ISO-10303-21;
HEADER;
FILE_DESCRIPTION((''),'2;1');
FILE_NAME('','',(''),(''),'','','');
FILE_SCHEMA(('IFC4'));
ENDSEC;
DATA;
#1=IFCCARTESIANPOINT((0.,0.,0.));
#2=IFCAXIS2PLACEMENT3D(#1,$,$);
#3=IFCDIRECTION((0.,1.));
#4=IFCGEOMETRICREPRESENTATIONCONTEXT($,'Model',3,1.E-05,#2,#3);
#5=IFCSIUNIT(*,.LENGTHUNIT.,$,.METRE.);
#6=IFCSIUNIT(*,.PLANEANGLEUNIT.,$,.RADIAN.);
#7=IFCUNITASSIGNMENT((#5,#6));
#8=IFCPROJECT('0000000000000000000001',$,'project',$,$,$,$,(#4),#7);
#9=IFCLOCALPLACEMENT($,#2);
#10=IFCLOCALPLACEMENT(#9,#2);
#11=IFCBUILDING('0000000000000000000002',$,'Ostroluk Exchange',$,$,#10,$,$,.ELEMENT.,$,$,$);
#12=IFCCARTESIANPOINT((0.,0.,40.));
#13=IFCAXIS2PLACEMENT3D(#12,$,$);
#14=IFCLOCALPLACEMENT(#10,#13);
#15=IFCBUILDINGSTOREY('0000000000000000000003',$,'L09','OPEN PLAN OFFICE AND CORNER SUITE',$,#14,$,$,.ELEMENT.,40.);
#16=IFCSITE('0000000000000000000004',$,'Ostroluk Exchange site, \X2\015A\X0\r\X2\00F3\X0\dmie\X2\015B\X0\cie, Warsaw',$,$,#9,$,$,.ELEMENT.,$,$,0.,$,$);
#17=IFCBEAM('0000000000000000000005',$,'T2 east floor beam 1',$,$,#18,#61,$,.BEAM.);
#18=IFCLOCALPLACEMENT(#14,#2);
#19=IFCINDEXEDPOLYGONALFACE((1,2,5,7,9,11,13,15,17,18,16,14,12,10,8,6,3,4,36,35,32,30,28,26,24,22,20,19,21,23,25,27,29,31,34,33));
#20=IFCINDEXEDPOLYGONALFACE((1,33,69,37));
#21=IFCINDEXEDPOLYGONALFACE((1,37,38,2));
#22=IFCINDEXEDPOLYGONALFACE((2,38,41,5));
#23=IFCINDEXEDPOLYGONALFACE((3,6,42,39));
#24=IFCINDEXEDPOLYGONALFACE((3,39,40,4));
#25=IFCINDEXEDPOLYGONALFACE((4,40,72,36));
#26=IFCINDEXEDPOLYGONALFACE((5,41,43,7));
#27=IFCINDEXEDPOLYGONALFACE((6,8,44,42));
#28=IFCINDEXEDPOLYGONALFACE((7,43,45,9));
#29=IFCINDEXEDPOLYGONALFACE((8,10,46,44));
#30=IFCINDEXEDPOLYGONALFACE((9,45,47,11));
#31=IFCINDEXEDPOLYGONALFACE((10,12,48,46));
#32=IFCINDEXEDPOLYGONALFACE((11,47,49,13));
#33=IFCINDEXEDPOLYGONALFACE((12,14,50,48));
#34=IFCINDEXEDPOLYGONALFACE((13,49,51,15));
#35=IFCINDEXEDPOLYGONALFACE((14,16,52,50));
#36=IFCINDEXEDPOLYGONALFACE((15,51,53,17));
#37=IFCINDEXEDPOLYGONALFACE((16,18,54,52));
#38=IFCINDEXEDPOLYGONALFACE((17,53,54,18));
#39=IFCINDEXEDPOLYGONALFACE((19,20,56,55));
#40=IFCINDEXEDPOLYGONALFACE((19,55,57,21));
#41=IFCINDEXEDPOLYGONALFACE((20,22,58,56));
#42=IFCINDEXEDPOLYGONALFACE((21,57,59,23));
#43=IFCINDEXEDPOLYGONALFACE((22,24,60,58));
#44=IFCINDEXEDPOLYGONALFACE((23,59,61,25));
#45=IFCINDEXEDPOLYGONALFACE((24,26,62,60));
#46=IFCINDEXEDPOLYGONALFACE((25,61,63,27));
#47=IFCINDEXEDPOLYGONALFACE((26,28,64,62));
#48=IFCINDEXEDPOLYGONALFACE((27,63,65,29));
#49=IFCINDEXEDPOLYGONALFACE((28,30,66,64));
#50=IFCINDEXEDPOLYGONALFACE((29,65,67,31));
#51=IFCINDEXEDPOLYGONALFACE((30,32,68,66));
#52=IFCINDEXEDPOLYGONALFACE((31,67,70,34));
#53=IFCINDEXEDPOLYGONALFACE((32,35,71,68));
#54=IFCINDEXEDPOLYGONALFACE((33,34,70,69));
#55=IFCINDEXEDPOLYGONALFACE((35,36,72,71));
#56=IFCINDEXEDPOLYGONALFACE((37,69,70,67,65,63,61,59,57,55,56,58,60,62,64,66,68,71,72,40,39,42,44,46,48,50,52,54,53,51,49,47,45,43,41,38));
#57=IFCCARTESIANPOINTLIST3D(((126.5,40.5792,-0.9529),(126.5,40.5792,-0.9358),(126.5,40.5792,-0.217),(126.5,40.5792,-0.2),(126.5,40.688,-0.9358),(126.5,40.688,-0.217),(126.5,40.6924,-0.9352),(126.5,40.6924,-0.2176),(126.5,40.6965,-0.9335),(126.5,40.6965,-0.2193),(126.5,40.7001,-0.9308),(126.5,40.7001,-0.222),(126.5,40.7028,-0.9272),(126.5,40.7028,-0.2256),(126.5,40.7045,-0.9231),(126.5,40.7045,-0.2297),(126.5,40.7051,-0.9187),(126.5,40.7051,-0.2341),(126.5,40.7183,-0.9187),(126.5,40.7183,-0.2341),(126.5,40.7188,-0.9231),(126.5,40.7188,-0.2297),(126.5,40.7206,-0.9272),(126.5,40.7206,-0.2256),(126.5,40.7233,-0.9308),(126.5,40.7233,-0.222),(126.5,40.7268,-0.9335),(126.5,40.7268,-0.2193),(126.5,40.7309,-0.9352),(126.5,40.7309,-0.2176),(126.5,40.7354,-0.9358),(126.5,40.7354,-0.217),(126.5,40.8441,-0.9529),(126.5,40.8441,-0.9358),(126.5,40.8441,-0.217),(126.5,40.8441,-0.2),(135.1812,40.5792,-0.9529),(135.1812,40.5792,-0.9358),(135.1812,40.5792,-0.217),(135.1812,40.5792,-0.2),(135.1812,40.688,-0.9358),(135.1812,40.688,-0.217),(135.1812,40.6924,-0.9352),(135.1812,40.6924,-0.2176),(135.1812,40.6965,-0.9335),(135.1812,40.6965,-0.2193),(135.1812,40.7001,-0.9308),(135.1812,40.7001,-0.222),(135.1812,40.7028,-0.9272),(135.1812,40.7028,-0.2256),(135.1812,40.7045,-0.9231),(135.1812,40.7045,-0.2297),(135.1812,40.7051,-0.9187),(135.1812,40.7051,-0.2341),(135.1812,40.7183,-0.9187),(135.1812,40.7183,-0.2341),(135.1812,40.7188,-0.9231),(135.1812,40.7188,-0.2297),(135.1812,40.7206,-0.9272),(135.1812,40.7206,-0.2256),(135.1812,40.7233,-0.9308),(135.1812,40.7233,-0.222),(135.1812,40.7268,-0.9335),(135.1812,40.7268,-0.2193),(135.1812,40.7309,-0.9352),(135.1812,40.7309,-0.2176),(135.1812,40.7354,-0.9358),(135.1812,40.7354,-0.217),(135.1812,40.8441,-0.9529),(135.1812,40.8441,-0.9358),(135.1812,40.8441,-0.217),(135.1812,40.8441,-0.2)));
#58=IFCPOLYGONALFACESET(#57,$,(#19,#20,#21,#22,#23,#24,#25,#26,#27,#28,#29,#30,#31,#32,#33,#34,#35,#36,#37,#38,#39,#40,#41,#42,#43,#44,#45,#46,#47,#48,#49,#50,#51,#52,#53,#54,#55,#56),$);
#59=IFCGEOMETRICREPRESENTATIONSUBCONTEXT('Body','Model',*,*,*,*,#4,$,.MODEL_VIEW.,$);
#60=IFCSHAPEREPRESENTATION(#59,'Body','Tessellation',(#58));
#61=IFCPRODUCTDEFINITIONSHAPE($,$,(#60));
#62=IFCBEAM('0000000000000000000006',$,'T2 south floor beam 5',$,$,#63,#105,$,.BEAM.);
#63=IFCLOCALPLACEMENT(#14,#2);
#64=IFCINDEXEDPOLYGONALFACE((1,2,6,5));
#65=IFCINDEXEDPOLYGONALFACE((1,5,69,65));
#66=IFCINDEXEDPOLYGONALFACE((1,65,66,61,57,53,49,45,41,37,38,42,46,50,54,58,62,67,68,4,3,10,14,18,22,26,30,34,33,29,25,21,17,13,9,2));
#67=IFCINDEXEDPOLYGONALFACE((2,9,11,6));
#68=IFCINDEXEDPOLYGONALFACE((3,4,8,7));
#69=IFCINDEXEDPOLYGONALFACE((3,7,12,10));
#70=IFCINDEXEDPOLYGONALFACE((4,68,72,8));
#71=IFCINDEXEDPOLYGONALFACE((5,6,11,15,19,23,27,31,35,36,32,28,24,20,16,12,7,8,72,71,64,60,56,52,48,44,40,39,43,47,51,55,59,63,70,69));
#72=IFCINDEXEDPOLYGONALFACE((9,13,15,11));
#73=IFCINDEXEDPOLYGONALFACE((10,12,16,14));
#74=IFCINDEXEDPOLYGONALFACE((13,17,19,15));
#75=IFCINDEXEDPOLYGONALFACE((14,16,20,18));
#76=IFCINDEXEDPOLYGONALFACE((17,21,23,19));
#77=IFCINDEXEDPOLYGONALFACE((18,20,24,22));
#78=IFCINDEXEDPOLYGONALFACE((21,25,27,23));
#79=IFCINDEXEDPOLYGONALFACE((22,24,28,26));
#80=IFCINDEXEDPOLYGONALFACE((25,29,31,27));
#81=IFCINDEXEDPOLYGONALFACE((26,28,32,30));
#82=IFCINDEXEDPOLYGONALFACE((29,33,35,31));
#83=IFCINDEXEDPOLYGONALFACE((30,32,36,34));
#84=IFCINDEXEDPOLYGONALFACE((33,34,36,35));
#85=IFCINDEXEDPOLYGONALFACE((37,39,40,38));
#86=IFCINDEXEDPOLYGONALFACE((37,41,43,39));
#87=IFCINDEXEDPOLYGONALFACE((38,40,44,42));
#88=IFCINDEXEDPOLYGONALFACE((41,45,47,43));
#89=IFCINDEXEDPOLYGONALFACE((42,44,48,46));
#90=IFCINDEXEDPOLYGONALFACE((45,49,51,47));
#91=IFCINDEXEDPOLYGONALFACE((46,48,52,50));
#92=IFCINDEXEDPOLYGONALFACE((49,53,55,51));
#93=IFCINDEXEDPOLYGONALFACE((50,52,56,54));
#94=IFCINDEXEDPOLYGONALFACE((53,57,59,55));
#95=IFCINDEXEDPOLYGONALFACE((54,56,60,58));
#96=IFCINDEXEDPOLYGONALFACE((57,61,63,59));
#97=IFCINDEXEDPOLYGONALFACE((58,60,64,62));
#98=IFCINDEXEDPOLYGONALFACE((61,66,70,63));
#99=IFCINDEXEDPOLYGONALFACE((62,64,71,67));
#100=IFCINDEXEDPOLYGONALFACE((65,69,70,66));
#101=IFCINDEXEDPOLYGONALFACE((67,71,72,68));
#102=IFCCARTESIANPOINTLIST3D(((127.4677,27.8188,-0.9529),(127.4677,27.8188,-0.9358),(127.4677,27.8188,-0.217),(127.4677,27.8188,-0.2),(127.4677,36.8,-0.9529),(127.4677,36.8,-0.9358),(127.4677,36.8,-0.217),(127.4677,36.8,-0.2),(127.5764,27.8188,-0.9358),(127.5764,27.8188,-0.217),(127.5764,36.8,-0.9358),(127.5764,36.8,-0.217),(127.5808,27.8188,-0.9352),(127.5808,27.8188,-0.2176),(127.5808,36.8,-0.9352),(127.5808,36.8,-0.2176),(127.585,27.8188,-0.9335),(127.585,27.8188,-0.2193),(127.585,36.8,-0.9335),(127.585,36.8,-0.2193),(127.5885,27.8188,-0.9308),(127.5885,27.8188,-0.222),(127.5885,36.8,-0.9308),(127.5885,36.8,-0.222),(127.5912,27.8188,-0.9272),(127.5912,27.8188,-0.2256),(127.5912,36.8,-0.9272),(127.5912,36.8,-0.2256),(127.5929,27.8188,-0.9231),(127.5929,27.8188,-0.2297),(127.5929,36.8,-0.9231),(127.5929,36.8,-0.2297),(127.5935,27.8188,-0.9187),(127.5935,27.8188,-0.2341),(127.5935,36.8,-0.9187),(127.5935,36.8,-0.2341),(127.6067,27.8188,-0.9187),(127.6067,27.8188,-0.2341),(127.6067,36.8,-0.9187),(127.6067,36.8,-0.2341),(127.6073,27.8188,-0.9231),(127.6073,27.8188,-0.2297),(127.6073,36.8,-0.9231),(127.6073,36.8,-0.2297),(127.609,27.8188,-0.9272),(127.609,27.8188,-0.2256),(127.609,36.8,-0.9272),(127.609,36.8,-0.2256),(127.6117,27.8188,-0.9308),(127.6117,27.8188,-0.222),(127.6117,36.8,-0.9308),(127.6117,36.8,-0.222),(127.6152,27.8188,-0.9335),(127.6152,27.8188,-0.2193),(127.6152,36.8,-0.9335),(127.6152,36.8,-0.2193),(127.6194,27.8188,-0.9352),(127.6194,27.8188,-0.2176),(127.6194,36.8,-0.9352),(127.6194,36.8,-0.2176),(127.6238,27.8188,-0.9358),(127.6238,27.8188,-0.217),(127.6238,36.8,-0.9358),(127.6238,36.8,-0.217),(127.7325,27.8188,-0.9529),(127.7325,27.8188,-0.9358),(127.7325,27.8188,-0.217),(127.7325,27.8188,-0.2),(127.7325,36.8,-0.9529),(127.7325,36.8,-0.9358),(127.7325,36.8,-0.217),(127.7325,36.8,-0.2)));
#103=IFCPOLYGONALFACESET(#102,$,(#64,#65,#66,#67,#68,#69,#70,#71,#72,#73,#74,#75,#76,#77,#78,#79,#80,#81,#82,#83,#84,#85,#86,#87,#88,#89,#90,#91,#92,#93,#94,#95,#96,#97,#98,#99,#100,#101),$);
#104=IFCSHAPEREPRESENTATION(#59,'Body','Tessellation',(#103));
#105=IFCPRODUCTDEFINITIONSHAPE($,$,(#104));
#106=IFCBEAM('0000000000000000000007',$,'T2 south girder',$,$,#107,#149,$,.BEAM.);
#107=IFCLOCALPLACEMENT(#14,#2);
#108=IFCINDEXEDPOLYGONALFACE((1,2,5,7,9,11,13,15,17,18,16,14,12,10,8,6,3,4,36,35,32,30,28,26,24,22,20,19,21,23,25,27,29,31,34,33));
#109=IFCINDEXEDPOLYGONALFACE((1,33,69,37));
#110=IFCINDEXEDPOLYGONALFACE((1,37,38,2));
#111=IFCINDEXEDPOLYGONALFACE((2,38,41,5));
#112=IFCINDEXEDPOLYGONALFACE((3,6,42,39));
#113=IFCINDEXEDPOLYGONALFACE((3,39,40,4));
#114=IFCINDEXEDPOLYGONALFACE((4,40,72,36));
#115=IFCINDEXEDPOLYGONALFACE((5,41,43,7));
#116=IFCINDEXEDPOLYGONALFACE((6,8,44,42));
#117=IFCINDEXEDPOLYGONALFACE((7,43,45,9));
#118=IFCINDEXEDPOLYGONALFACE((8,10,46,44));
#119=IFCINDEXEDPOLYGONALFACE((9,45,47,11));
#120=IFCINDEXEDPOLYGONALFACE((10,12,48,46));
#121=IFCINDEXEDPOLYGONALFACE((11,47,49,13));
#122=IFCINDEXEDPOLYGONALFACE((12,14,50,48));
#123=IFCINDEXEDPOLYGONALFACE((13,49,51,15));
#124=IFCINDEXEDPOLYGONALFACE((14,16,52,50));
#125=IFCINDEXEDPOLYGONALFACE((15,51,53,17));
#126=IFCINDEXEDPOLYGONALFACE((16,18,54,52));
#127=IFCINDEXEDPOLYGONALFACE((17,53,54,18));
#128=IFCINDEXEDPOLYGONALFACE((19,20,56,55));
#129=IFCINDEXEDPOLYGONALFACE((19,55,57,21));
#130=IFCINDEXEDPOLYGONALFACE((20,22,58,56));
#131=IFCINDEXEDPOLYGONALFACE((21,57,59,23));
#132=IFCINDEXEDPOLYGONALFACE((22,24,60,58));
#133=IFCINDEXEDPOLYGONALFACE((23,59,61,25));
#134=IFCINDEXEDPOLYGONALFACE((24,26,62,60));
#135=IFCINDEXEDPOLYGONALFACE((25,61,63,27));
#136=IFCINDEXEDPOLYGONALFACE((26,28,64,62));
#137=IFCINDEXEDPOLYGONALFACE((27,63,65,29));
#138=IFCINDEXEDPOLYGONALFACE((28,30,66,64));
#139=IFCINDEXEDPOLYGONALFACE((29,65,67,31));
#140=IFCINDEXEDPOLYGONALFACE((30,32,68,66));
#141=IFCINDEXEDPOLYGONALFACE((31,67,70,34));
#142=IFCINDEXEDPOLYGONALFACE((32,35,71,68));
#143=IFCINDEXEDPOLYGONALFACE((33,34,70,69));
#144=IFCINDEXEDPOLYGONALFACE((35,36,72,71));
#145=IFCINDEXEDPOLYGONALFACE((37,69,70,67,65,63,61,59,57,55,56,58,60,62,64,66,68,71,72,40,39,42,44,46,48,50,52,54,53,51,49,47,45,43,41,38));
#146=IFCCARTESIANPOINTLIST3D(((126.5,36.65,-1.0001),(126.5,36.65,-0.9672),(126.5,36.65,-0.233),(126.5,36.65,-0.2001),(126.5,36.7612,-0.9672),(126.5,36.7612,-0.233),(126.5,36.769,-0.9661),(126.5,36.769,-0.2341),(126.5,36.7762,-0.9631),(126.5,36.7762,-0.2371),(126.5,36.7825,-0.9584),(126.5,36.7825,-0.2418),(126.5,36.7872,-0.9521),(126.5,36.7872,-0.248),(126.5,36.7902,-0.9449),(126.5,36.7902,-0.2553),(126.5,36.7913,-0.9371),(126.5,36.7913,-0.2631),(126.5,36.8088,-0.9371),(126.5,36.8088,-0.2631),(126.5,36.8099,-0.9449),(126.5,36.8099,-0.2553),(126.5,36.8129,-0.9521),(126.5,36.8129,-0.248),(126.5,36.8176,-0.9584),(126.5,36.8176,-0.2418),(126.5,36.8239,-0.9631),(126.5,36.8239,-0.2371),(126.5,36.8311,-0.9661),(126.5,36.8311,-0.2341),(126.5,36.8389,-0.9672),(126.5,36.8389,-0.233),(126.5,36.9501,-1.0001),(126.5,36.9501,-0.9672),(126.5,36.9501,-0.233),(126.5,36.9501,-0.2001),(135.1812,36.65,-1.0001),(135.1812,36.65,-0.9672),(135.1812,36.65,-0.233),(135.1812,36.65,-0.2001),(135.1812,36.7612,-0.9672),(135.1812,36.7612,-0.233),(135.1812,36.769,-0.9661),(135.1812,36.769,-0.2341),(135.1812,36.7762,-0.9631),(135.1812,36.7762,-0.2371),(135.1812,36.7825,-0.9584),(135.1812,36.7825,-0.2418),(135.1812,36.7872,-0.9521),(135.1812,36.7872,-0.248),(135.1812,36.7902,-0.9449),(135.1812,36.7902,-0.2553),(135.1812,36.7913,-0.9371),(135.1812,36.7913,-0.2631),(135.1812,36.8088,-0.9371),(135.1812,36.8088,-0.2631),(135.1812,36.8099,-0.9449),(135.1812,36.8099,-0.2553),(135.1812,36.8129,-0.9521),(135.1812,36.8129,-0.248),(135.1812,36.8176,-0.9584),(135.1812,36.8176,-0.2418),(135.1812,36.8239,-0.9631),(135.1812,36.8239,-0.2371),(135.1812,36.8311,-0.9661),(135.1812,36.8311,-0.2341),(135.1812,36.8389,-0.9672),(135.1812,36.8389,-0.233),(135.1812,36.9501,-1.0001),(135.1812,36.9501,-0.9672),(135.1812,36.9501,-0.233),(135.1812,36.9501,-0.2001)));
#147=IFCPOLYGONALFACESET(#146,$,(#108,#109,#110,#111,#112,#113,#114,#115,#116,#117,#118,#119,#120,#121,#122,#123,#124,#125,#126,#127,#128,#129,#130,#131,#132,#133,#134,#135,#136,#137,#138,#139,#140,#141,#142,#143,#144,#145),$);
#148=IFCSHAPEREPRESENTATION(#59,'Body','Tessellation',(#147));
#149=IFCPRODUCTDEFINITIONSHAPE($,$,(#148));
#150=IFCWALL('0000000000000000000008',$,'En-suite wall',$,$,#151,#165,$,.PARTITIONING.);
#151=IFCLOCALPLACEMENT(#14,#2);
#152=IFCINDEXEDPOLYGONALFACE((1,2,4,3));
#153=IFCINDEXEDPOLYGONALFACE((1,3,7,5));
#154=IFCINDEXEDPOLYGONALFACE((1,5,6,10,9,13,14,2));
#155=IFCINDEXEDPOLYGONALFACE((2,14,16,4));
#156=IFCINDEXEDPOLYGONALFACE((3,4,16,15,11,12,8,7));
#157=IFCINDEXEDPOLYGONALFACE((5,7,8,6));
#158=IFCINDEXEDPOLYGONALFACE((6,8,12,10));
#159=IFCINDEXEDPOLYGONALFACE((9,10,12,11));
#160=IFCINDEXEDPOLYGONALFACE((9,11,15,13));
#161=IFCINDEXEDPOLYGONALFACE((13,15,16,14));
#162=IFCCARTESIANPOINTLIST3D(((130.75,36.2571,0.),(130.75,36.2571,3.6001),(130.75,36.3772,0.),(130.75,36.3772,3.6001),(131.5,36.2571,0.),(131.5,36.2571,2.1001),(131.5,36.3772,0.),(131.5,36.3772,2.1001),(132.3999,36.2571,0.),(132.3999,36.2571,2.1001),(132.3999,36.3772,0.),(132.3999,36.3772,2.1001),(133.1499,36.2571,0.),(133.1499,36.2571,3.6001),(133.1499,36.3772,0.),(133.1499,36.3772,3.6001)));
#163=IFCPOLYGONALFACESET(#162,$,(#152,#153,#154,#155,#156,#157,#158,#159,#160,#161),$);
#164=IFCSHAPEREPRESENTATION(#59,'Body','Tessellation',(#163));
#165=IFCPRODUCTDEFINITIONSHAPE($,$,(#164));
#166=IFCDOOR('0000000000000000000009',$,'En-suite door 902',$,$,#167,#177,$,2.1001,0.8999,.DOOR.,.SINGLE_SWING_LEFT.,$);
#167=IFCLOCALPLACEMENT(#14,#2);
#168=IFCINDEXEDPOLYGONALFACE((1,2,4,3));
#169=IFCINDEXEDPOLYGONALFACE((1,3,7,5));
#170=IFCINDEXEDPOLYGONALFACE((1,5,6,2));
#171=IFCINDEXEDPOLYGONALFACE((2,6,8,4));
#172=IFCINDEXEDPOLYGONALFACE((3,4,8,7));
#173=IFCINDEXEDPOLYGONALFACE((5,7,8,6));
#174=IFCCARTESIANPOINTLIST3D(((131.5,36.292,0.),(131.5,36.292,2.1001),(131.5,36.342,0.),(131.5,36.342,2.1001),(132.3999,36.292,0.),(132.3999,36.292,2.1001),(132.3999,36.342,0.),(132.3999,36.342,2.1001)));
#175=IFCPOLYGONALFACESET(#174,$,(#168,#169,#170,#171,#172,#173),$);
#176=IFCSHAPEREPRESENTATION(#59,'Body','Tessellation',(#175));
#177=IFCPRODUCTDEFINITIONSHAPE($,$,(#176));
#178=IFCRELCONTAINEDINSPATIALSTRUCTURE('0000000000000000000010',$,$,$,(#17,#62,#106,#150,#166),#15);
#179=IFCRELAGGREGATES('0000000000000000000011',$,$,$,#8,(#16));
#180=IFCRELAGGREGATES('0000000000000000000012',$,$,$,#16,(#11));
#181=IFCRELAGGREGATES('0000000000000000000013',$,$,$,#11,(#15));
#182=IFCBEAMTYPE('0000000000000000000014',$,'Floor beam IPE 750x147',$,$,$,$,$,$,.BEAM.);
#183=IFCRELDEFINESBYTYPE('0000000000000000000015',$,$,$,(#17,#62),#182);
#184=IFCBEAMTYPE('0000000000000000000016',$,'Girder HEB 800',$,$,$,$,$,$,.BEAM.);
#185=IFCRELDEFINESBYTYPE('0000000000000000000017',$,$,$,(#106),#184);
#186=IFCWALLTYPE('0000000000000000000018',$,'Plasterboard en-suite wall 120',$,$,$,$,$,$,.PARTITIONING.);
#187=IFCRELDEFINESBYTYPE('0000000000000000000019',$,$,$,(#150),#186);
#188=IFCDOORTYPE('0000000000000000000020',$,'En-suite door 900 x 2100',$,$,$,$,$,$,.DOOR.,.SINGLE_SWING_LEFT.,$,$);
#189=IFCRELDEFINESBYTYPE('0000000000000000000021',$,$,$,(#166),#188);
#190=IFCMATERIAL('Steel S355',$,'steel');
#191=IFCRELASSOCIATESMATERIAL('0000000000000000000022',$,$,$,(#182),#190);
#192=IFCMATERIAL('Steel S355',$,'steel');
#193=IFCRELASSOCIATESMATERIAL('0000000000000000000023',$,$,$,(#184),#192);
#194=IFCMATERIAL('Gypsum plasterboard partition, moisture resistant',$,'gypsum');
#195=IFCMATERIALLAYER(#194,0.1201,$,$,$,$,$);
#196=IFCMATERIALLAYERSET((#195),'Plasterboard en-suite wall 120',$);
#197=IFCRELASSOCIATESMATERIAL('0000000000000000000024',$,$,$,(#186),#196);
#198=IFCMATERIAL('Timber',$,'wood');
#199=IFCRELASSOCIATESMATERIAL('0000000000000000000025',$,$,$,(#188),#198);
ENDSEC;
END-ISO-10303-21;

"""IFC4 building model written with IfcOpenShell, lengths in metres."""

from ifc_helpers import new_model, si_unit, direction, frame, frame_2d, origin, origin_2d, place, context, subcontext, project, spatial, rectangle, i_section, extrude, material, layer, layer_set, material_profile, profile_set, type_object, element, fill, save


model = new_model("IFC4")

# Units and contexts
model_context = context("Model", 3, precision=1e-05, world=origin(), true_north=direction((0.0, 1.0)))
body_context = subcontext(model_context, "Body", "Model", "MODEL_VIEW")
ifc_project = project(units=[si_unit("LENGTHUNIT", "METRE"), si_unit("PLANEANGLEUNIT", "RADIAN")], contexts=[model_context])

# Site, building, storey
site_placement = place(None, origin())
site = spatial("IfcSite", under=ifc_project, at=site_placement, Name="Ostroluk Exchange site, Śródmieście, Warsaw", CompositionType="ELEMENT", RefElevation=0.0)
building_placement = place(site_placement, origin())
building = spatial("IfcBuilding", under=site, at=building_placement, Name="Ostroluk Exchange", CompositionType="ELEMENT")
storey_placement = place(building_placement, frame((0.0, 0.0, 40.0)))
storey = spatial("IfcBuildingStorey", under=building, at=storey_placement, Name="L09", Description="OPEN PLAN OFFICE AND CORNER SUITE", CompositionType="ELEMENT", Elevation=40.0)

# Beams
ifc_material_1 = material(Name="Steel S355", Category="steel")
ifc_material_profile_1 = material_profile(ifc_material_1, i_section(OverallWidth=0.2649, OverallDepth=0.7529, WebThickness=0.0132, FlangeThickness=0.0171, FilletRadius=0.0171, at=origin_2d()), Name="IPE 750x147")
ifc_profile_set_1 = profile_set([ifc_material_profile_1], Name="Steel S355")
beam_type_1 = type_object("IfcBeamType", Name="Floor beam IPE 750x147", PredefinedType="BEAM", material=ifc_profile_set_1)
beam_1_placement = place(storey_placement, frame((126.5, 40.7117, -0.5764), z_axis=(1.0, 0.0, 0.0), x_axis=(0.0, 1.0, 0.0)))
element("IfcBeam", 1, at=beam_1_placement, inside=storey, type_object=beam_type_1, Name="T2 east floor beam 1", PredefinedType="BEAM", context=body_context, shape_type="SweptSolid", body=[
    extrude(i_section(OverallWidth=0.2649, OverallDepth=0.7529, WebThickness=0.0132, FlangeThickness=0.0171, FilletRadius=0.0171, at=origin_2d()), origin(), (0.0, 0.0, 1.0), 8.6812),
])
beam_2_placement = place(storey_placement, frame((127.6001, 36.8, -0.5764), z_axis=(0.0, -1.0, 0.0), x_axis=(1.0, 0.0, 0.0)))
element("IfcBeam", 2, at=beam_2_placement, inside=storey, type_object=beam_type_1, Name="T2 south floor beam 5", PredefinedType="BEAM", context=body_context, shape_type="SweptSolid", body=[
    extrude(i_section(OverallWidth=0.2649, OverallDepth=0.7529, WebThickness=0.0132, FlangeThickness=0.0171, FilletRadius=0.0171, at=origin_2d()), origin(), (0.0, 0.0, 1.0), 8.9812),
])
ifc_material_2 = material(Name="Steel S355", Category="steel")
ifc_material_profile_2 = material_profile(ifc_material_2, i_section(OverallWidth=0.3, OverallDepth=0.8, WebThickness=0.0176, FlangeThickness=0.033, FilletRadius=0.03, at=origin_2d()), Name="HEB 800")
ifc_profile_set_2 = profile_set([ifc_material_profile_2], Name="Steel S355")
beam_type_2 = type_object("IfcBeamType", Name="Girder HEB 800", PredefinedType="BEAM", material=ifc_profile_set_2)
beam_3_placement = place(storey_placement, frame((126.5, 36.8, -0.6001), z_axis=(1.0, 0.0, 0.0), x_axis=(0.0, 1.0, 0.0)))
element("IfcBeam", 3, at=beam_3_placement, inside=storey, type_object=beam_type_2, Name="T2 south girder", PredefinedType="BEAM", context=body_context, shape_type="SweptSolid", body=[
    extrude(i_section(OverallWidth=0.3, OverallDepth=0.8, WebThickness=0.0176, FlangeThickness=0.033, FilletRadius=0.03, at=origin_2d()), origin(), (0.0, 0.0, 1.0), 8.6812),
])

# Wall, opening, door
ifc_material_3 = material(Name="Gypsum plasterboard partition, moisture resistant", Category="gypsum")
ifc_layer_1 = layer(ifc_material_3, 0.1201)
ifc_layer_set_1 = layer_set([ifc_layer_1], Name="Plasterboard en-suite wall 120")
wall_type_1 = type_object("IfcWallType", Name="Plasterboard en-suite wall 120", PredefinedType="PARTITIONING", material=ifc_layer_set_1)
wall_1_placement = place(storey_placement, frame((130.75, 36.3171, 0.0), z_axis=(0.0, 0.0, 1.0), x_axis=(1.0, 0.0, 0.0)))
wall_1 = element("IfcWall", 4, at=wall_1_placement, inside=storey, type_object=wall_type_1, Name="En-suite wall", PredefinedType="PARTITIONING", context=body_context, shape_type="SweptSolid", body=[
    extrude(rectangle(XDim=2.3999, YDim=0.1201, at=frame_2d((1.2, 0.0))), origin(), (0.0, 0.0, 1.0), 3.6001),
])
opening_1_placement = place(wall_1_placement, frame((0.75, 0.0, 0.0)))
opening_1 = element("IfcOpeningElement", 5, at=opening_1_placement, cuts=wall_1, PredefinedType="OPENING", context=body_context, shape_type="SweptSolid", body=[
    extrude(rectangle(XDim=0.8999, YDim=2.1001, at=frame_2d((0.45, 1.05))), frame((0.0, 0.0701, 0.0), z_axis=(0.0, -1.0, 0.0), x_axis=(1.0, 0.0, 0.0)), (0.0, 0.0, 1.0), 0.1401),
])
ifc_material_4 = material(Name="Timber", Category="wood")
door_type_1 = type_object("IfcDoorType", Name="En-suite door 900 x 2100", OperationType="SINGLE_SWING_LEFT", PredefinedType="DOOR", material=ifc_material_4)
door_1_placement = place(opening_1_placement, origin())
door_1 = element("IfcDoor", 6, at=door_1_placement, inside=storey, type_object=door_type_1, Name="En-suite door 902", OperationType="SINGLE_SWING_LEFT", OverallHeight=2.1001, OverallWidth=0.8999, PredefinedType="DOOR", context=body_context, shape_type="SweptSolid", body=[
    extrude(rectangle(XDim=0.8999, YDim=2.1001, at=frame_2d((0.45, 1.05))), frame((0.0, 0.0249, 0.0), z_axis=(0.0, -1.0, 0.0), x_axis=(1.0, 0.0, 0.0)), (0.0, 0.0, 1.0), 0.05),
])
fill(opening_1, door_1)

save(model, "model.ifc")
